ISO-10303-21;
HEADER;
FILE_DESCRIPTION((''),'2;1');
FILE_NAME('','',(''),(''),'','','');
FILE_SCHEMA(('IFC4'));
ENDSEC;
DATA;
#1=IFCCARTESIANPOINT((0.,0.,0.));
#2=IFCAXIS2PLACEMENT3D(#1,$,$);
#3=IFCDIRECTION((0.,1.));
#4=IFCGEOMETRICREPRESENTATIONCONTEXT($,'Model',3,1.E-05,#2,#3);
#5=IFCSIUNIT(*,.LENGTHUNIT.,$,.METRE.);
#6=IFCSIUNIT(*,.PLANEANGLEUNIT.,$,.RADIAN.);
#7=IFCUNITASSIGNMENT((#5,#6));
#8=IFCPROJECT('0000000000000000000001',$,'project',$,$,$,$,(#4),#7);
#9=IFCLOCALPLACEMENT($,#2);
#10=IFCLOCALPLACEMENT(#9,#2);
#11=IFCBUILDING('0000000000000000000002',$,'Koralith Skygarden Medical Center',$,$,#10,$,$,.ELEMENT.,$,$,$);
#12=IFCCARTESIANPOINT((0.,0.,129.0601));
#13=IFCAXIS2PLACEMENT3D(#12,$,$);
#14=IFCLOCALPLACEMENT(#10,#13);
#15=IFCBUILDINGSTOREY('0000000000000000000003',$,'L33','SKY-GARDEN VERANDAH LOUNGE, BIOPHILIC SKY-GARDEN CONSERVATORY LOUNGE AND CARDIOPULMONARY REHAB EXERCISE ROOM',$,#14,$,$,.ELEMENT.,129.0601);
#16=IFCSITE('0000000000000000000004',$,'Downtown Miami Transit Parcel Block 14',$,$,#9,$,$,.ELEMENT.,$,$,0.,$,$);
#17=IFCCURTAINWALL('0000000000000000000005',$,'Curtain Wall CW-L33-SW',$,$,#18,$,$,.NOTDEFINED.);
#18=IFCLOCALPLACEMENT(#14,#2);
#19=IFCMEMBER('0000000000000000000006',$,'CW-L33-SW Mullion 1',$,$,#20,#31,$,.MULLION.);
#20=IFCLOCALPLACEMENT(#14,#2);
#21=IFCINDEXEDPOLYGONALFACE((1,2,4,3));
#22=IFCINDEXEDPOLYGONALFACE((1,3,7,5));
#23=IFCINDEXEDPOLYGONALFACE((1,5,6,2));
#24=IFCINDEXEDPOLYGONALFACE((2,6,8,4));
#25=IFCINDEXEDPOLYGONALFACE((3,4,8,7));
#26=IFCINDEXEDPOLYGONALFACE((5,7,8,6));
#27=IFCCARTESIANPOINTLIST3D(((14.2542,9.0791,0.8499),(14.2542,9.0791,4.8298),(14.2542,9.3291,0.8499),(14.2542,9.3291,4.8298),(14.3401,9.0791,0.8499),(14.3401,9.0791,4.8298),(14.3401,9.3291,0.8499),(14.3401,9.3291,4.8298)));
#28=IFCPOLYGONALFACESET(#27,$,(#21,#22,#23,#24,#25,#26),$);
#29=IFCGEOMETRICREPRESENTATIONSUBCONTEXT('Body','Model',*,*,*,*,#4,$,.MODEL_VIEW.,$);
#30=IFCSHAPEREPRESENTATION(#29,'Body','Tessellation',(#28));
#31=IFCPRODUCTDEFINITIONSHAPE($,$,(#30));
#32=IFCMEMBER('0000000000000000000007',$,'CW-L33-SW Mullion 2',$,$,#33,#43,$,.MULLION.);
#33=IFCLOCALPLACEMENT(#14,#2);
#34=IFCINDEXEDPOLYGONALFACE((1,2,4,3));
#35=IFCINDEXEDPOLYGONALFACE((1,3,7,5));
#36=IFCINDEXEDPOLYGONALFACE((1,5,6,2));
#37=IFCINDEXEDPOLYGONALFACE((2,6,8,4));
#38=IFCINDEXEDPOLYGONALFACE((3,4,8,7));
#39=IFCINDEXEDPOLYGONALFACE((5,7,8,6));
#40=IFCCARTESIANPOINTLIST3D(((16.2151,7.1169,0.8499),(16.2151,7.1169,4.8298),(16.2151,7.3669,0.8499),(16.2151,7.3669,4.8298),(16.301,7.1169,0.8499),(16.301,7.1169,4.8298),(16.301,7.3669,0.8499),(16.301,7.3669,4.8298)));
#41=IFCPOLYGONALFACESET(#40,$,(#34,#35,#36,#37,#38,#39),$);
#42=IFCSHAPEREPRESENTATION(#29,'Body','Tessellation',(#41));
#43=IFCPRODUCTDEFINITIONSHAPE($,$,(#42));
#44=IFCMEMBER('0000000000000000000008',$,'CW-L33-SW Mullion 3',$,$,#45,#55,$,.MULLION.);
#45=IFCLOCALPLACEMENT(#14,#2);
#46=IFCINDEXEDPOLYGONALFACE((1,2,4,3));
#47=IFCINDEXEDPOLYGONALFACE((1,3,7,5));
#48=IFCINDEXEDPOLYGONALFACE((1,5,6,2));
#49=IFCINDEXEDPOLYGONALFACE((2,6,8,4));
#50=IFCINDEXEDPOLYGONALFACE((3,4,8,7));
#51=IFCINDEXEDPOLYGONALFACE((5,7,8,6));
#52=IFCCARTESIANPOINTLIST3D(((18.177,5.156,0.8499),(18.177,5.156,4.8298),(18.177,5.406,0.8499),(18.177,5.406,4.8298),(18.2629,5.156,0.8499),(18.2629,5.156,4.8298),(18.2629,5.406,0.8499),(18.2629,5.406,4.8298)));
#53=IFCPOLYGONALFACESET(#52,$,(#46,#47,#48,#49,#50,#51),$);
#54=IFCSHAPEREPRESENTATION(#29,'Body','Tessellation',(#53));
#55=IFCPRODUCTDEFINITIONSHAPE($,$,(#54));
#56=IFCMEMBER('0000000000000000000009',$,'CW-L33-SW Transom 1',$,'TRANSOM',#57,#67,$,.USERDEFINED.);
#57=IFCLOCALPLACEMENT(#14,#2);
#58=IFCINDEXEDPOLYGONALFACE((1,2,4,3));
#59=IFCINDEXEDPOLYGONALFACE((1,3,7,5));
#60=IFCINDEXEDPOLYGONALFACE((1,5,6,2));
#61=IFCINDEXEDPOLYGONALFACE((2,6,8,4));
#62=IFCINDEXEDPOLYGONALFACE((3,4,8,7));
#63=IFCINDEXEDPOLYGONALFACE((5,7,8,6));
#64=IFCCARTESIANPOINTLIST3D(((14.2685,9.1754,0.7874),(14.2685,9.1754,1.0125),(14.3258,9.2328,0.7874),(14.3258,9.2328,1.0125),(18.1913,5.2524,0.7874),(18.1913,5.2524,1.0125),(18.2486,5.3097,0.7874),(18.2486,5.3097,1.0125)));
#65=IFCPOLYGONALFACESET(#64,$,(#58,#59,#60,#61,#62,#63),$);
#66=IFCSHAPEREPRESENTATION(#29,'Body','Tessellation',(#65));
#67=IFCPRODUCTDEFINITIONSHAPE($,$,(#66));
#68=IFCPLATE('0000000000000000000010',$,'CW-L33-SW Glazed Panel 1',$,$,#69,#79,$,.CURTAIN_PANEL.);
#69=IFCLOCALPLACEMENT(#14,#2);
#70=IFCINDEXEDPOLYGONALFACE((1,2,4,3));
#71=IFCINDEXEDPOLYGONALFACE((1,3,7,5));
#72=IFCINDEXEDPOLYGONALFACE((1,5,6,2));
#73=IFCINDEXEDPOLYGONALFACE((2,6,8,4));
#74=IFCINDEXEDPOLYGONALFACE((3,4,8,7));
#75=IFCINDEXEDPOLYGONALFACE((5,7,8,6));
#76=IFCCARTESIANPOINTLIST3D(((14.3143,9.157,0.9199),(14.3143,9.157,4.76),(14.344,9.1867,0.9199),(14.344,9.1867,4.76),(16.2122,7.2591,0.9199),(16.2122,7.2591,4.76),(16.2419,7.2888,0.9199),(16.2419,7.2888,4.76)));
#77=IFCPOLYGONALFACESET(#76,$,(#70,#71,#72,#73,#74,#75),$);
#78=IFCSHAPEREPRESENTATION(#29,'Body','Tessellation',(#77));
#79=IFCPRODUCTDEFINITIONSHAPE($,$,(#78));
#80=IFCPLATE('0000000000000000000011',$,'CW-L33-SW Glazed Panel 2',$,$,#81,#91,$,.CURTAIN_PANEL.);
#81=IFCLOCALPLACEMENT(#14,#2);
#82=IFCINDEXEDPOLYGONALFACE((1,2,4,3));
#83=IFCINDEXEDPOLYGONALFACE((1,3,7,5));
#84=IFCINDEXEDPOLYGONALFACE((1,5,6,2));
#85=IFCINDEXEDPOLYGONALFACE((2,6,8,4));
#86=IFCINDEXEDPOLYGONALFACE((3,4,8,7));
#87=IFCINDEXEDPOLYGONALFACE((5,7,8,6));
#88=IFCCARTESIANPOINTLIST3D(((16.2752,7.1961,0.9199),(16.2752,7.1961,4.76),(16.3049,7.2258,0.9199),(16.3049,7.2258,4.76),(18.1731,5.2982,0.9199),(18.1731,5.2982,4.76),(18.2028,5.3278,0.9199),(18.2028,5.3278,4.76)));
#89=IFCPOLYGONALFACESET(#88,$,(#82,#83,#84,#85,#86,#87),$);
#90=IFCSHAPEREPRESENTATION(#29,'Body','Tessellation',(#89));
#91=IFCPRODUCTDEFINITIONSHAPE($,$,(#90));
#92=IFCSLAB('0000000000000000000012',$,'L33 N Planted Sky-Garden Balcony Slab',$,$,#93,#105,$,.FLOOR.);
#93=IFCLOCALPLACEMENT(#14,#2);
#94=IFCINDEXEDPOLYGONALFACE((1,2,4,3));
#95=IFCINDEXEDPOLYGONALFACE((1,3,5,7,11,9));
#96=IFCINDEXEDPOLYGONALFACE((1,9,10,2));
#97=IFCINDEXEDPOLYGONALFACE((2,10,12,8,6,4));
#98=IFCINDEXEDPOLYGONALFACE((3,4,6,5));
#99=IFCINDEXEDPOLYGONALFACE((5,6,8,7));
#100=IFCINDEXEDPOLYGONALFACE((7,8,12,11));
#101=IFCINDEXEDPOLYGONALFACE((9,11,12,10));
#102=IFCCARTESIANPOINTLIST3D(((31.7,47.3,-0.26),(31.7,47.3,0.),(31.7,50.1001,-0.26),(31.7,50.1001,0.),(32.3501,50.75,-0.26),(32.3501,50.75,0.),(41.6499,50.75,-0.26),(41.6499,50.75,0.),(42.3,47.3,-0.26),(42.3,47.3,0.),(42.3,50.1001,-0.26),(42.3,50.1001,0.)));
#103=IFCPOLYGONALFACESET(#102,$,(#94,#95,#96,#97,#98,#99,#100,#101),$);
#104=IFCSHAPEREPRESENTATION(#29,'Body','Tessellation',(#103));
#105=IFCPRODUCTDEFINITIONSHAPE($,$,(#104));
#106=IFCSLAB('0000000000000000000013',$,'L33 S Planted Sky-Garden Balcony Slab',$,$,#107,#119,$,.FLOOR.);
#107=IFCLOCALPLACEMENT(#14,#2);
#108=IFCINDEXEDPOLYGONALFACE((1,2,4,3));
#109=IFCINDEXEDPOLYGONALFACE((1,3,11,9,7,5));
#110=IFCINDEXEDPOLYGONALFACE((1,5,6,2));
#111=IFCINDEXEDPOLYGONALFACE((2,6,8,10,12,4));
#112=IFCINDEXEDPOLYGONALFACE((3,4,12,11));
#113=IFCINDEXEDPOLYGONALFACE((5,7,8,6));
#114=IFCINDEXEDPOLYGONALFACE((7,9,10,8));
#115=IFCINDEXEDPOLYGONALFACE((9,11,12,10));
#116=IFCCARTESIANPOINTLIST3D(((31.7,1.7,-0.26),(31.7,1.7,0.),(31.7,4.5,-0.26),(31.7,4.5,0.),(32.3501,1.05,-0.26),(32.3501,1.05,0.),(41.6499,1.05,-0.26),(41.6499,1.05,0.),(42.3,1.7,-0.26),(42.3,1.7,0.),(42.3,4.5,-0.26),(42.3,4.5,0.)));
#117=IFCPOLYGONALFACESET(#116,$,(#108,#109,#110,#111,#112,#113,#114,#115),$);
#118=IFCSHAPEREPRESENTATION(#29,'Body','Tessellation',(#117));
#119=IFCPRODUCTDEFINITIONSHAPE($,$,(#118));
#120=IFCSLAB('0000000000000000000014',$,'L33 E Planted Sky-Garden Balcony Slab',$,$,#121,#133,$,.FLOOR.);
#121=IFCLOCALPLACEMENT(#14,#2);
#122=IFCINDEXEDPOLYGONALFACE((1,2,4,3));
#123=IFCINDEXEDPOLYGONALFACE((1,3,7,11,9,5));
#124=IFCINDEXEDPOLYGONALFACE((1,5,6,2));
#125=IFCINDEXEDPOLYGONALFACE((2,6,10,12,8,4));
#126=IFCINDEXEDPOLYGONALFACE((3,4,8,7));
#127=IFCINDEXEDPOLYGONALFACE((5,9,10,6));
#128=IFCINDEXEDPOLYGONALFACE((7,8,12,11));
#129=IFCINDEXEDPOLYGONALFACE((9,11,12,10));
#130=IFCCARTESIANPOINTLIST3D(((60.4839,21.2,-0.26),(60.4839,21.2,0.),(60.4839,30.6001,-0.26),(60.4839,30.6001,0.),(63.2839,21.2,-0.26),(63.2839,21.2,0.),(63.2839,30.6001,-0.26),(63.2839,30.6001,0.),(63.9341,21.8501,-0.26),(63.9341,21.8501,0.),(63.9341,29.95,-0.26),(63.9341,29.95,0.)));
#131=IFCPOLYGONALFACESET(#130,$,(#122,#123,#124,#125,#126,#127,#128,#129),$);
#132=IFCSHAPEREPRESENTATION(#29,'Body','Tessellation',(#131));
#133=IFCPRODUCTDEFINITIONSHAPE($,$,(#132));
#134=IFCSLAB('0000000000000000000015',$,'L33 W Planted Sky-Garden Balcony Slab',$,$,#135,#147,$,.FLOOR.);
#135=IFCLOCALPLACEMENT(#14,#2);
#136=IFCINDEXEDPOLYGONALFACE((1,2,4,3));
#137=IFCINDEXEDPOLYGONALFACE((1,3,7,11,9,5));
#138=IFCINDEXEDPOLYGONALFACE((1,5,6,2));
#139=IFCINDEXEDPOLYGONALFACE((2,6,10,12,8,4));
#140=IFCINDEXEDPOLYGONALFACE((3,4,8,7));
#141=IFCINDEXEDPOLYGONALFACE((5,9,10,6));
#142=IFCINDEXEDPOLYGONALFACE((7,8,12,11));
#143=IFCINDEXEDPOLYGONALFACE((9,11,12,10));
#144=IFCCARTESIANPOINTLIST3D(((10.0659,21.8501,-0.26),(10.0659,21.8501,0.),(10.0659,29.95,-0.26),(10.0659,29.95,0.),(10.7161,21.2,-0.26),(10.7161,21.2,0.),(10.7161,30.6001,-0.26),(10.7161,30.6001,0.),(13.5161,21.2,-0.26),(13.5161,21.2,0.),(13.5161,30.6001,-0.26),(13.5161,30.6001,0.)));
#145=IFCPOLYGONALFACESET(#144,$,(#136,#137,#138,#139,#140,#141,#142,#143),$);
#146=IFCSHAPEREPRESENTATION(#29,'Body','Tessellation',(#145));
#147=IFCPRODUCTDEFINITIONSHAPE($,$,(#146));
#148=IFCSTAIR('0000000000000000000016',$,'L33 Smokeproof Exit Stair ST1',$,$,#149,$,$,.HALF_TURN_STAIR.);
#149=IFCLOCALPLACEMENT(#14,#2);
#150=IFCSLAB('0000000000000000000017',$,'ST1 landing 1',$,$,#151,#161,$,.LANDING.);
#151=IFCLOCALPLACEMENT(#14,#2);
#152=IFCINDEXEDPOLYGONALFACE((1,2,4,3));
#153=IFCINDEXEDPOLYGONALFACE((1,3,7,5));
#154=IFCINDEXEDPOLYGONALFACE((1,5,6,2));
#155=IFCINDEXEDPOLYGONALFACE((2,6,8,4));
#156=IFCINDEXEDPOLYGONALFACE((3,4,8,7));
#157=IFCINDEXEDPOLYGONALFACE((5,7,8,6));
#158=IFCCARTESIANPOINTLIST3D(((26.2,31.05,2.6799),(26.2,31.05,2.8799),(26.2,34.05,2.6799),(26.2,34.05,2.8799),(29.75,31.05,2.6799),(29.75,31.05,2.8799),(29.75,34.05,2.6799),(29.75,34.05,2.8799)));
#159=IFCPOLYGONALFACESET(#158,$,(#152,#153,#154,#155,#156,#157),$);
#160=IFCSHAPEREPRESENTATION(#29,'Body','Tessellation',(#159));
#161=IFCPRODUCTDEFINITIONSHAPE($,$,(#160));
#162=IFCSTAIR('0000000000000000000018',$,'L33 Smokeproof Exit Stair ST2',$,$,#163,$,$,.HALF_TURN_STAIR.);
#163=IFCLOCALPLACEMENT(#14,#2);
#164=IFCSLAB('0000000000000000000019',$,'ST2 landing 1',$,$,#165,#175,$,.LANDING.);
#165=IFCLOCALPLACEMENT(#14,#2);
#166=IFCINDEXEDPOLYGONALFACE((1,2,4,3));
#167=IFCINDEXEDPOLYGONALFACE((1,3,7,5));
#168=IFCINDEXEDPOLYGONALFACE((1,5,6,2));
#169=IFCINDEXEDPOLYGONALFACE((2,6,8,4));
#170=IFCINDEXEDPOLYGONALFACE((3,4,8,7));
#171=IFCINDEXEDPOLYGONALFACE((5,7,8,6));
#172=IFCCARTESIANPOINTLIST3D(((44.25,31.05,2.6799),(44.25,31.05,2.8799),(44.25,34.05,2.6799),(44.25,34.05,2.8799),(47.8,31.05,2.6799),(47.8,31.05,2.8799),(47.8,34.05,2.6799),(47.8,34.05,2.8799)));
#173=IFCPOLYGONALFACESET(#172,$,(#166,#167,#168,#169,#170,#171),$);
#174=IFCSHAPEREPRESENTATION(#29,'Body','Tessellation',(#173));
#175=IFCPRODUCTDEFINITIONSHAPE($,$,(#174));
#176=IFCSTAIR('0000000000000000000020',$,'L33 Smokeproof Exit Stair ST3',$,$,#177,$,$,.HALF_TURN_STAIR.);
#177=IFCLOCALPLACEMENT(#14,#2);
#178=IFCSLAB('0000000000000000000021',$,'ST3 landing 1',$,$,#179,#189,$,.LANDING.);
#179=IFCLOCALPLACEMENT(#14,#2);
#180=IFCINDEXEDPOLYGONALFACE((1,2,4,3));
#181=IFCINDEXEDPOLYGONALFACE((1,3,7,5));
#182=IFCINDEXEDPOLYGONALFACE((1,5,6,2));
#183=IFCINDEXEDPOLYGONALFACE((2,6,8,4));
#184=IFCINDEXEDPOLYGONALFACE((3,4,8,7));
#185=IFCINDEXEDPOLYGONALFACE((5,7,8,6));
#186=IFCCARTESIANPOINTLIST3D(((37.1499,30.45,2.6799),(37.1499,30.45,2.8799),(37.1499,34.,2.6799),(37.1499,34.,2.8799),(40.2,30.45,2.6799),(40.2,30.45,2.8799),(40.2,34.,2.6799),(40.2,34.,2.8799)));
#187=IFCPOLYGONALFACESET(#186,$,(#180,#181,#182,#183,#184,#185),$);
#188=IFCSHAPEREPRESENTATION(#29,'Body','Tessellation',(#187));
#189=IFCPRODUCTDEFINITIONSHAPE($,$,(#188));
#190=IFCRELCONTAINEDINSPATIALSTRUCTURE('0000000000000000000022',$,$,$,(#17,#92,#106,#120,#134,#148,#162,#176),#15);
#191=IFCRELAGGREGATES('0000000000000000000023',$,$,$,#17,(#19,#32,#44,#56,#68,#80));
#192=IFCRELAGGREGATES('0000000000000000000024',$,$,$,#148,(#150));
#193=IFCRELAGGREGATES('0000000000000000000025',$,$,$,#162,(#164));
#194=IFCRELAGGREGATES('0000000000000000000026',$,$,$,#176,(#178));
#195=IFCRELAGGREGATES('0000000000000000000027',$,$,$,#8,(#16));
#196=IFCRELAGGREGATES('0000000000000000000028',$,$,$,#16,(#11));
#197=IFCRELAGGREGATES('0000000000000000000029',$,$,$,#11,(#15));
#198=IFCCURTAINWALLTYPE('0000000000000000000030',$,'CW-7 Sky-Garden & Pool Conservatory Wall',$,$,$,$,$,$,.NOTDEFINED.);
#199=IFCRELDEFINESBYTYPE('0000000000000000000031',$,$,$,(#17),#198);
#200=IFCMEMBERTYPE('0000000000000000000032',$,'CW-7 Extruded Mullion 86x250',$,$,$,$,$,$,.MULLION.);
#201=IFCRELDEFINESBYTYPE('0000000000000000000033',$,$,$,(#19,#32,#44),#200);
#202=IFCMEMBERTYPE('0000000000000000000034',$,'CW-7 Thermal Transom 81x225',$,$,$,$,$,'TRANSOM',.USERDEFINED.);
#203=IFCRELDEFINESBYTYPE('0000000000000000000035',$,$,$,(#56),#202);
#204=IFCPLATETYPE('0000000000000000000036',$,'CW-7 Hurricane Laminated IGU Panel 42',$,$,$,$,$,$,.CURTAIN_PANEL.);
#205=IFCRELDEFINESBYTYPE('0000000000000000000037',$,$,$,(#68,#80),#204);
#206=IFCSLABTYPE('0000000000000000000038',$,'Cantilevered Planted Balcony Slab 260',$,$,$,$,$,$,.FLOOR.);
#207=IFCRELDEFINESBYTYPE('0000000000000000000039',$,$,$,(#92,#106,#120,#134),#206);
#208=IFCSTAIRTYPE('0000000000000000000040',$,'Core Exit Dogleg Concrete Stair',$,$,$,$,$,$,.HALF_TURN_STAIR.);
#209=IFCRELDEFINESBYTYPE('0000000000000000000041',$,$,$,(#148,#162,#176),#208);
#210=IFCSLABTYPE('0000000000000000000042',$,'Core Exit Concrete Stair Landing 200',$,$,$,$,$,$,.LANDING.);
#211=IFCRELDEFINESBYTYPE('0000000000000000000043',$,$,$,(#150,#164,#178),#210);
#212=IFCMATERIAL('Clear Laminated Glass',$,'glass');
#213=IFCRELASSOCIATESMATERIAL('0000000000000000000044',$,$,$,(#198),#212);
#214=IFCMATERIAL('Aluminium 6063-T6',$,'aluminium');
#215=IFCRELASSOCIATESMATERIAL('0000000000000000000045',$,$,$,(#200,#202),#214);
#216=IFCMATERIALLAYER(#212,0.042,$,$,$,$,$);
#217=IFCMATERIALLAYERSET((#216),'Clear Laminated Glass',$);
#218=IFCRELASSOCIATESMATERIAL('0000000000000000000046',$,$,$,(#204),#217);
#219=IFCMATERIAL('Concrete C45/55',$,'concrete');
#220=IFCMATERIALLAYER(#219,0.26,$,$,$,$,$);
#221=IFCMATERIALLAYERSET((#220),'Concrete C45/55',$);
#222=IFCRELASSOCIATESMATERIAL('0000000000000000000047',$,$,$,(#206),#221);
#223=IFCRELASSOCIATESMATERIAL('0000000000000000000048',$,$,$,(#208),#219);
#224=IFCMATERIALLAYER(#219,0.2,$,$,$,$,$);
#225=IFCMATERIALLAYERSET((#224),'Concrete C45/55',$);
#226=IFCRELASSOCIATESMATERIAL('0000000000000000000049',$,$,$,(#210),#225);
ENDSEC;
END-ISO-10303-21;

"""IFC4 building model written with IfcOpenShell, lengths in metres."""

from ifc_helpers import new_model, si_unit, direction, frame, origin, origin_2d, place, context, subcontext, project, spatial, polyline, rectangle, outline, extrude, material, layer, layer_set, material_profile, profile_set, type_object, element, aggregate, save


model = new_model("IFC4")

# Units and contexts
model_context = context("Model", 3, precision=1e-05, world=origin(), true_north=direction((0.0, 1.0)))
body_context = subcontext(model_context, "Body", "Model", "MODEL_VIEW")
ifc_project = project(units=[si_unit("LENGTHUNIT", "METRE"), si_unit("PLANEANGLEUNIT", "RADIAN")], contexts=[model_context])

# Site, building, storey
site_placement = place(None, origin())
site = spatial("IfcSite", under=ifc_project, at=site_placement, Name="Downtown Miami Transit Parcel Block 14", CompositionType="ELEMENT", RefElevation=0.0)
building_placement = place(site_placement, origin())
building = spatial("IfcBuilding", under=site, at=building_placement, Name="Koralith Skygarden Medical Center", CompositionType="ELEMENT")
storey_placement = place(building_placement, frame((0.0, 0.0, 129.0601)))
storey = spatial("IfcBuildingStorey", under=building, at=storey_placement, Name="L33", Description="SKY-GARDEN VERANDAH LOUNGE, BIOPHILIC SKY-GARDEN CONSERVATORY LOUNGE AND CARDIOPULMONARY REHAB EXERCISE ROOM", CompositionType="ELEMENT", Elevation=129.0601)

# Curtain wall, members, plates
ifc_material_1 = material(Name="Clear Laminated Glass", Category="glass")
curtain_wall_type = type_object("IfcCurtainWallType", Name="CW-7 Sky-Garden & Pool Conservatory Wall", PredefinedType="NOTDEFINED", material=ifc_material_1)
curtain_wall_placement = place(storey_placement, origin())
curtain_wall = element("IfcCurtainWall", 1, at=curtain_wall_placement, inside=storey, type_object=curtain_wall_type, Name="Curtain Wall CW-L33-SW", PredefinedType="NOTDEFINED")
ifc_material_2 = material(Name="Aluminium 6063-T6", Category="aluminium")
ifc_material_profile_1 = material_profile(ifc_material_2, rectangle(XDim=0.0859, YDim=0.25, at=origin_2d()), Name="MUL86X250")
ifc_profile_set_1 = profile_set([ifc_material_profile_1], Name="Aluminium 6063-T6")
member_type_1 = type_object("IfcMemberType", Name="CW-7 Extruded Mullion 86x250", PredefinedType="MULLION", material=ifc_profile_set_1)
member_1_placement = place(storey_placement, frame((14.2971, 9.2041, 0.8499), z_axis=(0.0, 0.0, 1.0), x_axis=(1.0, 0.0, 0.0)))
member_1 = element("IfcMember", 2, at=member_1_placement, type_object=member_type_1, Name="CW-L33-SW Mullion 1", PredefinedType="MULLION", context=body_context, shape_type="SweptSolid", body=[
    extrude(rectangle(XDim=0.0859, YDim=0.25, at=origin_2d()), origin(), (0.0, 0.0, 1.0), 3.98),
])
member_2_placement = place(storey_placement, frame((16.2581, 7.2419, 0.8499), z_axis=(0.0, 0.0, 1.0), x_axis=(1.0, 0.0, 0.0)))
member_2 = element("IfcMember", 3, at=member_2_placement, type_object=member_type_1, Name="CW-L33-SW Mullion 2", PredefinedType="MULLION", context=body_context, shape_type="SweptSolid", body=[
    extrude(rectangle(XDim=0.0859, YDim=0.25, at=origin_2d()), origin(), (0.0, 0.0, 1.0), 3.98),
])
member_3_placement = place(storey_placement, frame((18.22, 5.281, 0.8499), z_axis=(0.0, 0.0, 1.0), x_axis=(1.0, 0.0, 0.0)))
member_3 = element("IfcMember", 4, at=member_3_placement, type_object=member_type_1, Name="CW-L33-SW Mullion 3", PredefinedType="MULLION", context=body_context, shape_type="SweptSolid", body=[
    extrude(rectangle(XDim=0.0859, YDim=0.25, at=origin_2d()), origin(), (0.0, 0.0, 1.0), 3.98),
])
ifc_material_profile_2 = material_profile(ifc_material_2, rectangle(XDim=0.0811, YDim=0.2251, at=origin_2d()), Name="TRN81X225")
ifc_profile_set_2 = profile_set([ifc_material_profile_2], Name="Aluminium 6063-T6")
member_type_2 = type_object("IfcMemberType", Name="CW-7 Thermal Transom 81x225", ElementType="TRANSOM", PredefinedType="USERDEFINED", material=ifc_profile_set_2)
member_4_placement = place(storey_placement, frame((14.2971, 9.2041, 0.8999), z_axis=(0.707085, -0.707129, 0.0), x_axis=(0.707129, 0.707085, 0.0)))
member_4 = element("IfcMember", 5, at=member_4_placement, type_object=member_type_2, Name="CW-L33-SW Transom 1", ObjectType="TRANSOM", PredefinedType="USERDEFINED", context=body_context, shape_type="SweptSolid", body=[
    extrude(rectangle(XDim=0.0811, YDim=0.2251, at=origin_2d()), origin(), (0.0, 0.0, 1.0), 5.5479),
])
ifc_layer_1 = layer(ifc_material_1, 0.042)
ifc_layer_set_1 = layer_set([ifc_layer_1], Name="Clear Laminated Glass")
plate_type = type_object("IfcPlateType", Name="CW-7 Hurricane Laminated IGU Panel 42", PredefinedType="CURTAIN_PANEL", material=ifc_layer_set_1)
plate_1_placement = place(storey_placement, frame((15.2781, 8.2229, 0.9199), z_axis=(0.0, 0.0, 1.0), x_axis=(0.707107, -0.707107, 0.0)))
plate_1 = element("IfcPlate", 6, at=plate_1_placement, type_object=plate_type, Name="CW-L33-SW Glazed Panel 1", PredefinedType="CURTAIN_PANEL", context=body_context, shape_type="SweptSolid", body=[
    extrude(rectangle(XDim=2.6841, YDim=0.042, at=origin_2d()), origin(), (0.0, 0.0, 1.0), 3.8401),
])
plate_2_placement = place(storey_placement, frame((17.239, 6.262, 0.9199), z_axis=(0.0, 0.0, 1.0), x_axis=(0.707107, -0.707107, 0.0)))
plate_2 = element("IfcPlate", 7, at=plate_2_placement, type_object=plate_type, Name="CW-L33-SW Glazed Panel 2", PredefinedType="CURTAIN_PANEL", context=body_context, shape_type="SweptSolid", body=[
    extrude(rectangle(XDim=2.6841, YDim=0.042, at=origin_2d()), origin(), (0.0, 0.0, 1.0), 3.8401),
])
aggregate(curtain_wall, [member_1, member_2, member_3, member_4, plate_1, plate_2])

# Slabs
ifc_material_3 = material(Name="Concrete C45/55", Category="concrete")
ifc_layer_2 = layer(ifc_material_3, 0.26)
ifc_layer_set_2 = layer_set([ifc_layer_2], Name="Concrete C45/55")
slab_type_1 = type_object("IfcSlabType", Name="Cantilevered Planted Balcony Slab 260", PredefinedType="FLOOR", material=ifc_layer_set_2)
slab_1_placement = place(storey_placement, frame((0.0, 0.0, -0.26)))
element("IfcSlab", 8, at=slab_1_placement, inside=storey, type_object=slab_type_1, Name="L33 N Planted Sky-Garden Balcony Slab", PredefinedType="FLOOR", context=body_context, shape_type="SweptSolid", body=[
    extrude(outline(polyline([(31.7, 47.3), (42.3, 47.3), (42.3, 50.1001), (41.6499, 50.75), (32.3501, 50.75), (31.7, 50.1001), (31.7, 47.3)])), origin(), (0.0, 0.0, 1.0), 0.26),
])
slab_2_placement = place(storey_placement, frame((0.0, 0.0, -0.26)))
element("IfcSlab", 9, at=slab_2_placement, inside=storey, type_object=slab_type_1, Name="L33 S Planted Sky-Garden Balcony Slab", PredefinedType="FLOOR", context=body_context, shape_type="SweptSolid", body=[
    extrude(outline(polyline([(32.3501, 1.05), (41.6499, 1.05), (42.3, 1.7), (42.3, 4.5), (31.7, 4.5), (31.7, 1.7), (32.3501, 1.05)])), origin(), (0.0, 0.0, 1.0), 0.26),
])
slab_3_placement = place(storey_placement, frame((0.0, 0.0, -0.26)))
element("IfcSlab", 10, at=slab_3_placement, inside=storey, type_object=slab_type_1, Name="L33 E Planted Sky-Garden Balcony Slab", PredefinedType="FLOOR", context=body_context, shape_type="SweptSolid", body=[
    extrude(outline(polyline([(60.4839, 21.2), (63.2839, 21.2), (63.9341, 21.8501), (63.9341, 29.95), (63.2839, 30.6001), (60.4839, 30.6001), (60.4839, 21.2)])), origin(), (0.0, 0.0, 1.0), 0.26),
])
slab_4_placement = place(storey_placement, frame((0.0, 0.0, -0.26)))
element("IfcSlab", 11, at=slab_4_placement, inside=storey, type_object=slab_type_1, Name="L33 W Planted Sky-Garden Balcony Slab", PredefinedType="FLOOR", context=body_context, shape_type="SweptSolid", body=[
    extrude(outline(polyline([(10.7161, 21.2), (13.5161, 21.2), (13.5161, 30.6001), (10.7161, 30.6001), (10.0659, 29.95), (10.0659, 21.8501), (10.7161, 21.2)])), origin(), (0.0, 0.0, 1.0), 0.26),
])

# Stairs, slabs
stair_type = type_object("IfcStairType", Name="Core Exit Dogleg Concrete Stair", PredefinedType="HALF_TURN_STAIR", material=ifc_material_3)
stair_1_placement = place(storey_placement, origin())
stair_1 = element("IfcStair", 12, at=stair_1_placement, inside=storey, type_object=stair_type, Name="L33 Smokeproof Exit Stair ST1", PredefinedType="HALF_TURN_STAIR")
ifc_layer_3 = layer(ifc_material_3, 0.2)
ifc_layer_set_3 = layer_set([ifc_layer_3], Name="Concrete C45/55")
slab_type_2 = type_object("IfcSlabType", Name="Core Exit Concrete Stair Landing 200", PredefinedType="LANDING", material=ifc_layer_set_3)
slab_5_placement = place(storey_placement, frame((0.0, 0.0, 2.6799)))
slab_5 = element("IfcSlab", 13, at=slab_5_placement, type_object=slab_type_2, Name="ST1 landing 1", PredefinedType="LANDING", context=body_context, shape_type="SweptSolid", body=[
    extrude(outline(polyline([(29.75, 31.05), (29.75, 34.05), (26.2, 34.05), (26.2, 31.05), (29.75, 31.05)])), origin(), (0.0, 0.0, 1.0), 0.2),
])
aggregate(stair_1, [slab_5])
stair_2_placement = place(storey_placement, origin())
stair_2 = element("IfcStair", 14, at=stair_2_placement, inside=storey, type_object=stair_type, Name="L33 Smokeproof Exit Stair ST2", PredefinedType="HALF_TURN_STAIR")
slab_6_placement = place(storey_placement, frame((0.0, 0.0, 2.6799)))
slab_6 = element("IfcSlab", 15, at=slab_6_placement, type_object=slab_type_2, Name="ST2 landing 1", PredefinedType="LANDING", context=body_context, shape_type="SweptSolid", body=[
    extrude(outline(polyline([(47.8, 31.05), (47.8, 34.05), (44.25, 34.05), (44.25, 31.05), (47.8, 31.05)])), origin(), (0.0, 0.0, 1.0), 0.2),
])
aggregate(stair_2, [slab_6])
stair_3_placement = place(storey_placement, origin())
stair_3 = element("IfcStair", 16, at=stair_3_placement, inside=storey, type_object=stair_type, Name="L33 Smokeproof Exit Stair ST3", PredefinedType="HALF_TURN_STAIR")
slab_7_placement = place(storey_placement, frame((0.0, 0.0, 2.6799)))
slab_7 = element("IfcSlab", 17, at=slab_7_placement, type_object=slab_type_2, Name="ST3 landing 1", PredefinedType="LANDING", context=body_context, shape_type="SweptSolid", body=[
    extrude(outline(polyline([(37.1499, 30.45), (40.2, 30.45), (40.2, 34.0), (37.1499, 34.0), (37.1499, 30.45)])), origin(), (0.0, 0.0, 1.0), 0.2),
])
aggregate(stair_3, [slab_7])

save(model, "model.ifc")
